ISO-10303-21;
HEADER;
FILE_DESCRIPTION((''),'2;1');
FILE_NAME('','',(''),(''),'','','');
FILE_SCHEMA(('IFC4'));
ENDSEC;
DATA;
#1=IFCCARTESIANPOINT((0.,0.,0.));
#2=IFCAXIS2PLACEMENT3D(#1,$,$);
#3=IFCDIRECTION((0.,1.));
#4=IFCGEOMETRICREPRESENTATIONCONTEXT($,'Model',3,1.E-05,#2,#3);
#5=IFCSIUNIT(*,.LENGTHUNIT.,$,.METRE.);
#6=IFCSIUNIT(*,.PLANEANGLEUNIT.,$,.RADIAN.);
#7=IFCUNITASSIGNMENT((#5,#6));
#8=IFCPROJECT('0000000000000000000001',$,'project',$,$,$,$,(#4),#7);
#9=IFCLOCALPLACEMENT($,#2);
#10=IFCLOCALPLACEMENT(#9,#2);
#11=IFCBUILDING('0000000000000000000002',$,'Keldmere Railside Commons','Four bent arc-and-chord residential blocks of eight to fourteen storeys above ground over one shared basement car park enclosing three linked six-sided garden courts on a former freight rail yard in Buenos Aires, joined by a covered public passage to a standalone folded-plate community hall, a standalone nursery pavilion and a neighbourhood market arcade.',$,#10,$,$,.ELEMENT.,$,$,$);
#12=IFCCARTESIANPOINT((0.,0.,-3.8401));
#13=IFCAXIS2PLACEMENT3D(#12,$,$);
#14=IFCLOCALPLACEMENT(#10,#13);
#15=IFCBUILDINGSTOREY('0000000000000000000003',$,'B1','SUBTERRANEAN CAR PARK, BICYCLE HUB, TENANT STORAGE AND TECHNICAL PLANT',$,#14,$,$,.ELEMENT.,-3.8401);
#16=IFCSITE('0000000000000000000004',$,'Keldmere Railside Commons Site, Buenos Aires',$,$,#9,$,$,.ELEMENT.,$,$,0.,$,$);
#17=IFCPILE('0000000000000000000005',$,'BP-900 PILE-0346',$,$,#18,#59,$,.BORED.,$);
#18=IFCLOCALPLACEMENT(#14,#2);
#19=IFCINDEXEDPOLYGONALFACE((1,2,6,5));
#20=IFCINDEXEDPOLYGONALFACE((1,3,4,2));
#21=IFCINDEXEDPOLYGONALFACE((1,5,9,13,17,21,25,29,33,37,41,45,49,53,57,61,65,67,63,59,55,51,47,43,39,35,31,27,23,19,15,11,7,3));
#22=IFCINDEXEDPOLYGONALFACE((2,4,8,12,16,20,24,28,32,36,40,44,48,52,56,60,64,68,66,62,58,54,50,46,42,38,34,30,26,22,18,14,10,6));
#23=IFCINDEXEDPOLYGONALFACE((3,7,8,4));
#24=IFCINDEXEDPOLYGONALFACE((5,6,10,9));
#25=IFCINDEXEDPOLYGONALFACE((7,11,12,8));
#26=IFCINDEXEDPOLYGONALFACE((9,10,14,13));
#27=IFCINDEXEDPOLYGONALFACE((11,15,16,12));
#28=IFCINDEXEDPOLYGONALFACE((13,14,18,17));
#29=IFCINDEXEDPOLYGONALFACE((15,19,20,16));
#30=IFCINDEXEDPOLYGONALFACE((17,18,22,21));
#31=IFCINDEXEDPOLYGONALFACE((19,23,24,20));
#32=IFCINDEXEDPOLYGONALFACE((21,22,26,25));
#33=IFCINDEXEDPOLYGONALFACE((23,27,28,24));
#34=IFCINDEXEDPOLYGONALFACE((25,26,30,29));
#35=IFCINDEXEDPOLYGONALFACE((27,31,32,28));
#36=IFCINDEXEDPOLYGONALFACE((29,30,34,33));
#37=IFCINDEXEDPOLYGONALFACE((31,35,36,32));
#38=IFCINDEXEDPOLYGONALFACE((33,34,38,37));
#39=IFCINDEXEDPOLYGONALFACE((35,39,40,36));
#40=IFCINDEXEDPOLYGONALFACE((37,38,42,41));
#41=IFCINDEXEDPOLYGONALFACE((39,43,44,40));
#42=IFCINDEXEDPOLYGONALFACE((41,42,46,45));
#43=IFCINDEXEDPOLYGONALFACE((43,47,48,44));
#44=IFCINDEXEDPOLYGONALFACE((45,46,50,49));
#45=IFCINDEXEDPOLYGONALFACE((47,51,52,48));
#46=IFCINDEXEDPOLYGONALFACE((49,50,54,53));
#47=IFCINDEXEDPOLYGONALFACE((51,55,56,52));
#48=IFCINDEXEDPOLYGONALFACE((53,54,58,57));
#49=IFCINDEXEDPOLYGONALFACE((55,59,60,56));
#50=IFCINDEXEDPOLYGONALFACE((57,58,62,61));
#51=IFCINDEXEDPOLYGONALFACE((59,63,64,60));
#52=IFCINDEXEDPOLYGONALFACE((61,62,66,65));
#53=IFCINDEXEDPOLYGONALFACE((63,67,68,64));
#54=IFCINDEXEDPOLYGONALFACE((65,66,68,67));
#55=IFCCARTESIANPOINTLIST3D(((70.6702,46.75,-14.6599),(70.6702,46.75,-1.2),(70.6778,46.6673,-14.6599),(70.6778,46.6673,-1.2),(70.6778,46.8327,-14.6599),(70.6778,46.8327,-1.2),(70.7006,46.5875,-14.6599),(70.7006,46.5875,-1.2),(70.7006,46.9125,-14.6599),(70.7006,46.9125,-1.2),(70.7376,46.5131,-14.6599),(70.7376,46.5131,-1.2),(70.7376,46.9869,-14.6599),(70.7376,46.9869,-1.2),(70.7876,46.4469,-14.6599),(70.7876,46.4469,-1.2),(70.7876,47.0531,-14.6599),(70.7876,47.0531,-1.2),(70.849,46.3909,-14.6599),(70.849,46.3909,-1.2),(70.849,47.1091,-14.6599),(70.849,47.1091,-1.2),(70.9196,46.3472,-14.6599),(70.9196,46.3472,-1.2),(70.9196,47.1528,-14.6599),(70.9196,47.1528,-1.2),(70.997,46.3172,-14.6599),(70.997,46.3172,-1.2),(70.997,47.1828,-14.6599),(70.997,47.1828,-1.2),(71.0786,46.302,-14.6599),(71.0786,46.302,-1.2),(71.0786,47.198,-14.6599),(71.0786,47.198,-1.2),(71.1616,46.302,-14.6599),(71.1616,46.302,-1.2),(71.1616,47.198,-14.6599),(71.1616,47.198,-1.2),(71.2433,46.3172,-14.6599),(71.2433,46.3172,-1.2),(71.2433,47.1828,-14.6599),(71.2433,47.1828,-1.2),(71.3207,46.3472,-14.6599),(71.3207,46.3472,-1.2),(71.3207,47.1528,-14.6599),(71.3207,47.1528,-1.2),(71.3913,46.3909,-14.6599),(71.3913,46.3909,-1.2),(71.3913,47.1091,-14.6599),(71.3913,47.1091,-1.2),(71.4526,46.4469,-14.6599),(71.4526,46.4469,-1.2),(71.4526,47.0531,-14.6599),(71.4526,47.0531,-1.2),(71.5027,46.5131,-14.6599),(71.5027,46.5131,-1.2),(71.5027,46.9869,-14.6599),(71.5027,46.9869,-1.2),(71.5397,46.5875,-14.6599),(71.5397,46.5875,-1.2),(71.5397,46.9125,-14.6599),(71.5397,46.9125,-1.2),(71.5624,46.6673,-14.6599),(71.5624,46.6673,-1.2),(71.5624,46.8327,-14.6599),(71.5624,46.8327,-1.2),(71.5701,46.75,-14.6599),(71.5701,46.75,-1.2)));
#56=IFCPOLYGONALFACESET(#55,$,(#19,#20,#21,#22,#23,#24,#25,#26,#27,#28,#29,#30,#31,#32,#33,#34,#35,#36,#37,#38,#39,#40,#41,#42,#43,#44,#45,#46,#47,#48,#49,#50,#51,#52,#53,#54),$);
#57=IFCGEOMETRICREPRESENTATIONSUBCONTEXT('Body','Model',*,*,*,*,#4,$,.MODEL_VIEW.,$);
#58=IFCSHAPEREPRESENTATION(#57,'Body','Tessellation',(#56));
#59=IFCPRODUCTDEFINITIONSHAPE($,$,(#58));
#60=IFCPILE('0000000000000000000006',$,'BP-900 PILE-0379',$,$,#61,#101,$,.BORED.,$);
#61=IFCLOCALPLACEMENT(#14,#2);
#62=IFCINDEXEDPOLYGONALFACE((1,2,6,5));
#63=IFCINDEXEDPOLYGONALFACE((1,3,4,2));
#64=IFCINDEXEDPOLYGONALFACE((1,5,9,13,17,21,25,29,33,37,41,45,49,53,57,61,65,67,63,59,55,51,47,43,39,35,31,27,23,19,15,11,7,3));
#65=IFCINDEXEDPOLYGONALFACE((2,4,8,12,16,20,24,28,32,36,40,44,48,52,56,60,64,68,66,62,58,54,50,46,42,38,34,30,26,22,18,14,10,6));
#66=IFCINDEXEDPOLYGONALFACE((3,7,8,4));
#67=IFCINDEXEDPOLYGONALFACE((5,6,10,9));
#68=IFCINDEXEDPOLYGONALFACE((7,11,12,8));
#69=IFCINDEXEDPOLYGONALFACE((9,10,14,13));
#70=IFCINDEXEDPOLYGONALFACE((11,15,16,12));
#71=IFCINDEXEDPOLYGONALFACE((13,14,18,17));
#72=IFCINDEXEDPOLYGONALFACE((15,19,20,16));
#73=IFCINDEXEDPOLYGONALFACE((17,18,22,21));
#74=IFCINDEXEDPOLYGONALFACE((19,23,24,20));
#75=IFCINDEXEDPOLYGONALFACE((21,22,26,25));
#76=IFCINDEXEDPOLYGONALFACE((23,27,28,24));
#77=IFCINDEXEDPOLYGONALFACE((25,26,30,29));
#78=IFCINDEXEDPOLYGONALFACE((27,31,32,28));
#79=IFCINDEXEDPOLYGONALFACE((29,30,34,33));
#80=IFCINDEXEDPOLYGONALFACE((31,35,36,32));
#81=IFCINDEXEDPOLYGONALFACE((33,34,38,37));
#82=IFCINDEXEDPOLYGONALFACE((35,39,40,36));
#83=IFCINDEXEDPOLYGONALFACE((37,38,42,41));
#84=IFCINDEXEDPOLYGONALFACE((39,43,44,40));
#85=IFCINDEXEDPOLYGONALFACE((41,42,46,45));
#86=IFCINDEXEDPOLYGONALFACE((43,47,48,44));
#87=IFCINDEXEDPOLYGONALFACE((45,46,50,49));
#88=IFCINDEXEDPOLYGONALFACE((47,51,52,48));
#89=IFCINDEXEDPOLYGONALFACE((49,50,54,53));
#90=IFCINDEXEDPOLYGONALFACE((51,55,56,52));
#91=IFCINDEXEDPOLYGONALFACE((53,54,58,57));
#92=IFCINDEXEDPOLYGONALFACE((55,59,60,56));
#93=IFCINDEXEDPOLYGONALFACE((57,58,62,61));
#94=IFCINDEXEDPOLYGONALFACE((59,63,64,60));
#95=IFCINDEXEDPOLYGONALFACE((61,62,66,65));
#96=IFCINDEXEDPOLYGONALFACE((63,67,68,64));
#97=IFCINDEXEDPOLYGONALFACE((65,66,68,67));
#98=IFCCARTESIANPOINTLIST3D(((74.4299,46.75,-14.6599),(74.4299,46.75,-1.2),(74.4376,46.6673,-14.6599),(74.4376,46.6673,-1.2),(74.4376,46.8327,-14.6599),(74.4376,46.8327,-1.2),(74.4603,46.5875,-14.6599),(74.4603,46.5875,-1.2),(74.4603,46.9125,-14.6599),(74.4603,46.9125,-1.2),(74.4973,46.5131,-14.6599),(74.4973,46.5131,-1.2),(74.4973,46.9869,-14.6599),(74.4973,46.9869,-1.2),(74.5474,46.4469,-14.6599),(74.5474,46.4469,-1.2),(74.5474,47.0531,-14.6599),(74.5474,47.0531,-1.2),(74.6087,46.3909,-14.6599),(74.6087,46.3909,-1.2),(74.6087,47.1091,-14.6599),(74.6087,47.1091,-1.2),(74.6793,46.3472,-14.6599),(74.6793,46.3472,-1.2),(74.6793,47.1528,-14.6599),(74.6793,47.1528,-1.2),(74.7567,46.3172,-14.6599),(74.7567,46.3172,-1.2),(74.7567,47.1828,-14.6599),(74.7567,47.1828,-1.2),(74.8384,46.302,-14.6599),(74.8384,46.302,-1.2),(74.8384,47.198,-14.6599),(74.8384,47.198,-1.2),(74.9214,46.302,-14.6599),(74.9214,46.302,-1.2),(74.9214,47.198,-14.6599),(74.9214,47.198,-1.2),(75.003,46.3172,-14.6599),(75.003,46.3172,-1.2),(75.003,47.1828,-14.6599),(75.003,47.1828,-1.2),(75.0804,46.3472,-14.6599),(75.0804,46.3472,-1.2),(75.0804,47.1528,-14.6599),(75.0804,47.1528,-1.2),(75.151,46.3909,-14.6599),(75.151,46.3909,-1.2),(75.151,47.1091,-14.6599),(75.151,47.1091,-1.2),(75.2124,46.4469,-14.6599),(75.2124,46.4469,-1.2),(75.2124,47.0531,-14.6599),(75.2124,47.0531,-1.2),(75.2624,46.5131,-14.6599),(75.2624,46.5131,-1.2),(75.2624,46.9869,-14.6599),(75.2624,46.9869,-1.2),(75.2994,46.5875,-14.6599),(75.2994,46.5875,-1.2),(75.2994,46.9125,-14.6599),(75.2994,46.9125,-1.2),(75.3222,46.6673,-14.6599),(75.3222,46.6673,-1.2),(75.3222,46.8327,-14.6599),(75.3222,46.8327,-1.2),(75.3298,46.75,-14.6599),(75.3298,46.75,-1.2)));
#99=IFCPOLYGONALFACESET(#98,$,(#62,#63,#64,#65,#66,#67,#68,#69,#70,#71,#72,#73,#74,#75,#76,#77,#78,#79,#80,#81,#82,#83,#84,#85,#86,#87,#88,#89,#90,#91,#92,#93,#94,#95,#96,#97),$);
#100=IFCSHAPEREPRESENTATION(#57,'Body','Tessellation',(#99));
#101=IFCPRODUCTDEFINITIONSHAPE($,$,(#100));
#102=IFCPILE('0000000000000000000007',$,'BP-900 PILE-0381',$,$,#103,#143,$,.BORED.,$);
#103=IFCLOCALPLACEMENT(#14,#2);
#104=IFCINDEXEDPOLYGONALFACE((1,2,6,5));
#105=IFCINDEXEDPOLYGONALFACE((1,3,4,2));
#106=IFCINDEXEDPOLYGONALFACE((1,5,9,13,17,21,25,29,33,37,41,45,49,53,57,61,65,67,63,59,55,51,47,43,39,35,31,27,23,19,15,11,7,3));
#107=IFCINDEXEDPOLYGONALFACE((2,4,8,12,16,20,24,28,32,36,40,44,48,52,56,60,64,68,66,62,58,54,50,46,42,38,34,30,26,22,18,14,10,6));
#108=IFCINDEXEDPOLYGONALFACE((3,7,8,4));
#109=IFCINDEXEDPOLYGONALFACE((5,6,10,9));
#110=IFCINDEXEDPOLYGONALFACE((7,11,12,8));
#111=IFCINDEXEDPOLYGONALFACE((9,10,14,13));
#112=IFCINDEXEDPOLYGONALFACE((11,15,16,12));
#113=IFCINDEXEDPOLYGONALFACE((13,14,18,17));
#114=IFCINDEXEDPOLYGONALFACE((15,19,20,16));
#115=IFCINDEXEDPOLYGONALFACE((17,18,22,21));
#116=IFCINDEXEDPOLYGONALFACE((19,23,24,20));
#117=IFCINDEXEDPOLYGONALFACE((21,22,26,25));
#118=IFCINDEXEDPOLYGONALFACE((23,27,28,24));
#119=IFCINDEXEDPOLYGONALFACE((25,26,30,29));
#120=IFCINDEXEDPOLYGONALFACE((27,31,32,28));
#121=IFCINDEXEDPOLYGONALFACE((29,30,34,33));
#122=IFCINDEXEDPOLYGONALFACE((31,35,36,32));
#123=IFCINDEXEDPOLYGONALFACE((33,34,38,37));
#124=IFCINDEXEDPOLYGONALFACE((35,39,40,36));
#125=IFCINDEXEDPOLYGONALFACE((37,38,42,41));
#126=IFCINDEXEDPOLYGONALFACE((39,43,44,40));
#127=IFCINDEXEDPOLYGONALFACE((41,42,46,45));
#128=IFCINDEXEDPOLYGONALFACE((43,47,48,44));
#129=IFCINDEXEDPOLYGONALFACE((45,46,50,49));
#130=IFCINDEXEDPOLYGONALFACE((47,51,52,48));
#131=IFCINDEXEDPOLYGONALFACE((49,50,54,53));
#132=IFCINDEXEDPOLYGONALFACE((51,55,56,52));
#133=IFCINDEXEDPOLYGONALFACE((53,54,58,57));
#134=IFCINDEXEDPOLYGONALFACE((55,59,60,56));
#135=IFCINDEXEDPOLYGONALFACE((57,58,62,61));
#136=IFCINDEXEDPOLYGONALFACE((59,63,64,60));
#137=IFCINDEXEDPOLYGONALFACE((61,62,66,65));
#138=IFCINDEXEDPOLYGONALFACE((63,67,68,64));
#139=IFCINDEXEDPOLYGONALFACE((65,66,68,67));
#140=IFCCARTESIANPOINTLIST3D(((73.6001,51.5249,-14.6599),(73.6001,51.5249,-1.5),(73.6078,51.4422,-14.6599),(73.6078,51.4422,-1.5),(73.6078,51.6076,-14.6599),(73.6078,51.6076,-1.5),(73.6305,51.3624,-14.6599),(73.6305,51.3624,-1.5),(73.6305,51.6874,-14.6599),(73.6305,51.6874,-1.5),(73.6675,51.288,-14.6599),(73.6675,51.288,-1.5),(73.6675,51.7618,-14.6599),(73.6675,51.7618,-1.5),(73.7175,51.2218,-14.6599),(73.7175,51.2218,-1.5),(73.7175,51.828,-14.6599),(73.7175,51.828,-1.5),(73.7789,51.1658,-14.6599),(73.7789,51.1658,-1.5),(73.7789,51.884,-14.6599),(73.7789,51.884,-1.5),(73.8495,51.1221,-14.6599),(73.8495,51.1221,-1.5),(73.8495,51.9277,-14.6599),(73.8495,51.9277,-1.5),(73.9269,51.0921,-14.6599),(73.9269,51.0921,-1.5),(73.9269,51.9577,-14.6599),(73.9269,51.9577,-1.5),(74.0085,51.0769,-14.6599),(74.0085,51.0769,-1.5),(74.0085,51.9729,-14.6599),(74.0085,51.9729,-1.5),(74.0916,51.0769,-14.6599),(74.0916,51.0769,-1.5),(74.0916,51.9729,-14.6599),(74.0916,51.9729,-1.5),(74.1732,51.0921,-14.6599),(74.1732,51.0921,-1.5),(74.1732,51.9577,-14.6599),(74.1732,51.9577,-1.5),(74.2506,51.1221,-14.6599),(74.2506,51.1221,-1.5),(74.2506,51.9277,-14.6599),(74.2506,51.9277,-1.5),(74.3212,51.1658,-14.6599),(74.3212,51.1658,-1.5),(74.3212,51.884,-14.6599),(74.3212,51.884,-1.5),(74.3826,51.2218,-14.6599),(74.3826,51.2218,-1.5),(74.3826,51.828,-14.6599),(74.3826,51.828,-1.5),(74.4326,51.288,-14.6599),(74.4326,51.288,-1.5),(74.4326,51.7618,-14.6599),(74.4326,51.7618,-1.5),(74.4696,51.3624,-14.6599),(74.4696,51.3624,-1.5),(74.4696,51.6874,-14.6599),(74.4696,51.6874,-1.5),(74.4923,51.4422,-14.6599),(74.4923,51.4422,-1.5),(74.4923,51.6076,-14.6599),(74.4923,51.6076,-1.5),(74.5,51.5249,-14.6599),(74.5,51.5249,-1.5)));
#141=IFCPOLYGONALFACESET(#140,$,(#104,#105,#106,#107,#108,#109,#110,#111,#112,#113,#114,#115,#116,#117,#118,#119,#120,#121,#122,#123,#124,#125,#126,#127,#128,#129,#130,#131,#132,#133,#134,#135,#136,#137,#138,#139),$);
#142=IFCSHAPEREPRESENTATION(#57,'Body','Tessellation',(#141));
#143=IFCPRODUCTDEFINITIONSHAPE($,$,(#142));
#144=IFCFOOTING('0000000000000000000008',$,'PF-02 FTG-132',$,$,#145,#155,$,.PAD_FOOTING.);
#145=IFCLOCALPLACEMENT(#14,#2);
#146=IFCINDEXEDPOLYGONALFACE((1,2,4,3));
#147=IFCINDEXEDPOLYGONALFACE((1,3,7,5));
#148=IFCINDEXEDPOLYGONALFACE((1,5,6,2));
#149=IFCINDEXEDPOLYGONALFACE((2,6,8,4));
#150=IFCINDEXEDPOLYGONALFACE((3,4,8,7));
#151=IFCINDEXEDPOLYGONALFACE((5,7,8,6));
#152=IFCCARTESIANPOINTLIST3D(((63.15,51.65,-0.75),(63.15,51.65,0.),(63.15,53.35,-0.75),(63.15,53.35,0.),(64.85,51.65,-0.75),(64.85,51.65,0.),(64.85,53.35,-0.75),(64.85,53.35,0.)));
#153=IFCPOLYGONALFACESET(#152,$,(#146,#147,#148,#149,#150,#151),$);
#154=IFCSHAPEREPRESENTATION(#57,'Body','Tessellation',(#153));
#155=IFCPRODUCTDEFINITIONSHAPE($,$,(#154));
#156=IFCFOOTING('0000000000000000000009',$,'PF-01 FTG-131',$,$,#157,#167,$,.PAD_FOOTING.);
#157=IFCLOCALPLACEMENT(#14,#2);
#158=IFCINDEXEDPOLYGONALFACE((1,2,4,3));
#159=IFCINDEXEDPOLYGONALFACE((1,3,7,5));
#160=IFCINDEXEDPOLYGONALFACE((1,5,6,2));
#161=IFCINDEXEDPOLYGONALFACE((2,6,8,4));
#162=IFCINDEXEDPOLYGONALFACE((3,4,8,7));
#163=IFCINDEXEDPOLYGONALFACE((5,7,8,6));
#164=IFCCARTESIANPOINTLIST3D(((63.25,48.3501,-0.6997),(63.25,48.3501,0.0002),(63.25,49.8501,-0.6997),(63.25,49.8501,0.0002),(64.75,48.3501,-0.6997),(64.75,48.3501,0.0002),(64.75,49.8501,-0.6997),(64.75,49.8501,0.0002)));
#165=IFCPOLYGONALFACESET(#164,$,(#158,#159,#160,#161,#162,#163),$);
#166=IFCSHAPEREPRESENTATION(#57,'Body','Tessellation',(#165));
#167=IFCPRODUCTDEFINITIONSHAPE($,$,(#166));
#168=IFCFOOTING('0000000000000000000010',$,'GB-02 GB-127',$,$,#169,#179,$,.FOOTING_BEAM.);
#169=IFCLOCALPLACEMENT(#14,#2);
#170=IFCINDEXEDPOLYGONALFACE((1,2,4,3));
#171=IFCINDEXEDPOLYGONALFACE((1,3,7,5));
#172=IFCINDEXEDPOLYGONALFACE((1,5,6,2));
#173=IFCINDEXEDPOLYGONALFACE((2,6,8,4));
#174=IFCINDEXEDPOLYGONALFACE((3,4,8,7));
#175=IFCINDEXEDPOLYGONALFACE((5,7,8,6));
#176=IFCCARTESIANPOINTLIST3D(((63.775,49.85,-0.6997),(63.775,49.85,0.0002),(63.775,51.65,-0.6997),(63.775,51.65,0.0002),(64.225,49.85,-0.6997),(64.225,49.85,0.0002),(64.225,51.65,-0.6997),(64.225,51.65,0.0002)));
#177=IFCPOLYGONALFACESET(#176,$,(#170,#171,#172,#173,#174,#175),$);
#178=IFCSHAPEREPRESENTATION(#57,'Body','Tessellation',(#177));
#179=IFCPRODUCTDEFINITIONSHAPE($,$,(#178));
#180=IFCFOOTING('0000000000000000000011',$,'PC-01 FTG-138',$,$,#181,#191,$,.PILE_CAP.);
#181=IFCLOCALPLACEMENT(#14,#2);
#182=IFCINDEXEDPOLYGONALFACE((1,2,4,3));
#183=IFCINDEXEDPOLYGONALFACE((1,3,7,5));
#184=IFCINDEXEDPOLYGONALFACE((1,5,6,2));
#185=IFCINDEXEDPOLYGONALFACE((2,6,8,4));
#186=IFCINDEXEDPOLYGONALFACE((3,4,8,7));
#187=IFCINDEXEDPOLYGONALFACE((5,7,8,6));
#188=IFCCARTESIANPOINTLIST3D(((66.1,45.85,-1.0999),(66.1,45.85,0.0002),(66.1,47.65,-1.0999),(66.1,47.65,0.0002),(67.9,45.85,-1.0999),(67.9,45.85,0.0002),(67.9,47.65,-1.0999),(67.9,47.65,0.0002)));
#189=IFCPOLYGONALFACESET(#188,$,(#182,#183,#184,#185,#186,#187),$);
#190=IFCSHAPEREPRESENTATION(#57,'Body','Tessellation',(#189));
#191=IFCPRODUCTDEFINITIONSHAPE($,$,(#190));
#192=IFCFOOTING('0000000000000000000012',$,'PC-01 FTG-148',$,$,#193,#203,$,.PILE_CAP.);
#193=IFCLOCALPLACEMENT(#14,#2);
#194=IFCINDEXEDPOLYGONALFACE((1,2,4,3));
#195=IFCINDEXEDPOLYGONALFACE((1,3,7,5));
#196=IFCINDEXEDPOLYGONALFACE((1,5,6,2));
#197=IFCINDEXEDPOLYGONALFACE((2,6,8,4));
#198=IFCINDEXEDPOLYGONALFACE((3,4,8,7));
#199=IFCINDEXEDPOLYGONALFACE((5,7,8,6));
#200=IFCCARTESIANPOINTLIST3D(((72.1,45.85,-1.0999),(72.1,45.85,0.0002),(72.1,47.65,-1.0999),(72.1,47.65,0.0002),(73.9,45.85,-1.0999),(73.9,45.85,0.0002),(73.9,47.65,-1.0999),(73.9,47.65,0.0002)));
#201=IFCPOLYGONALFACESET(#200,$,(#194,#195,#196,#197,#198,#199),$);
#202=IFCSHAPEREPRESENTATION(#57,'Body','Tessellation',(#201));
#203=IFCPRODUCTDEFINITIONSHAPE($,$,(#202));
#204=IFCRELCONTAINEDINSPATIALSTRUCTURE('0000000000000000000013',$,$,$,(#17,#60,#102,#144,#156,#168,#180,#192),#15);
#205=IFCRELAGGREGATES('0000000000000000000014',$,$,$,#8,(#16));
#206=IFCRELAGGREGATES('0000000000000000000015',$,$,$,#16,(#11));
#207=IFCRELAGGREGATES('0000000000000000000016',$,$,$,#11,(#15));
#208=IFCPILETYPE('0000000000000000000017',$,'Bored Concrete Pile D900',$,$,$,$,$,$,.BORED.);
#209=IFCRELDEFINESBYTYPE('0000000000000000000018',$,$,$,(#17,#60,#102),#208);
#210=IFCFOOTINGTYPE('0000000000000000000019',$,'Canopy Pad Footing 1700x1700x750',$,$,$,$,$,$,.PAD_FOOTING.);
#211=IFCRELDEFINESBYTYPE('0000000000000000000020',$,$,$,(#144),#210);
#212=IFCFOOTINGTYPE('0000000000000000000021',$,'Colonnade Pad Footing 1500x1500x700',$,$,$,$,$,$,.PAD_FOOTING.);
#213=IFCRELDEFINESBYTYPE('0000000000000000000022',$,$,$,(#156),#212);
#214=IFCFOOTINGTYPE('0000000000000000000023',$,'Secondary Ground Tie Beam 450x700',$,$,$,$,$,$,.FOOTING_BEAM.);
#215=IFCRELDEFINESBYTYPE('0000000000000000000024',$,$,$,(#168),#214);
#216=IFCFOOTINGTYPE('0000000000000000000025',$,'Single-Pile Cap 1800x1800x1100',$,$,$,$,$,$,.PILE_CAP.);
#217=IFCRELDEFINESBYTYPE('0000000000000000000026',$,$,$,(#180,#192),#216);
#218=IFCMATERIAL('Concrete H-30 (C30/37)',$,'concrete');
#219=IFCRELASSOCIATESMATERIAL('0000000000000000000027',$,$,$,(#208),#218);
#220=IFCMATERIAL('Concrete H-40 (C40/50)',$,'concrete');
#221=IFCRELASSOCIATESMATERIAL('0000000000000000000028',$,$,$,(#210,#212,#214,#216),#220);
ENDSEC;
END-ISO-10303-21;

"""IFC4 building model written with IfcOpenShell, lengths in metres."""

from ifc_helpers import new_model, si_unit, direction, frame, origin, origin_2d, place, context, subcontext, project, spatial, rectangle, circle, extrude, material, material_profile, profile_set, type_object, element, save


model = new_model("IFC4")

# Units and contexts
model_context = context("Model", 3, precision=1e-05, world=origin(), true_north=direction((0.0, 1.0)))
body_context = subcontext(model_context, "Body", "Model", "MODEL_VIEW")
ifc_project = project(units=[si_unit("LENGTHUNIT", "METRE"), si_unit("PLANEANGLEUNIT", "RADIAN")], contexts=[model_context])

# Site, building, storey
site_placement = place(None, origin())
site = spatial("IfcSite", under=ifc_project, at=site_placement, Name="Keldmere Railside Commons Site, Buenos Aires", CompositionType="ELEMENT", RefElevation=0.0)
building_placement = place(site_placement, origin())
building = spatial("IfcBuilding", under=site, at=building_placement, Name="Keldmere Railside Commons", Description="Four bent arc-and-chord residential blocks of eight to fourteen storeys above ground over one shared basement car park enclosing three linked six-sided garden courts on a former freight rail yard in Buenos Aires, joined by a covered public passage to a standalone folded-plate community hall, a standalone nursery pavilion and a neighbourhood market arcade.", CompositionType="ELEMENT")
storey_placement = place(building_placement, frame((0.0, 0.0, -3.8401)))
storey = spatial("IfcBuildingStorey", under=building, at=storey_placement, Name="B1", Description="SUBTERRANEAN CAR PARK, BICYCLE HUB, TENANT STORAGE AND TECHNICAL PLANT", CompositionType="ELEMENT", Elevation=-3.8401)

# Piles
ifc_material_1 = material(Name="Concrete H-30 (C30/37)", Category="concrete")
ifc_material_profile_1 = material_profile(ifc_material_1, circle(Radius=0.45, at=origin_2d()), Name="PILE-D900")
ifc_profile_set_1 = profile_set([ifc_material_profile_1], Name="Concrete H-30 (C30/37)")
pile_type_1 = type_object("IfcPileType", Name="Bored Concrete Pile D900", PredefinedType="BORED", material=ifc_profile_set_1)
for number, where, z_axis, x_axis, name in (
    (1, (71.1201, 46.75, -1.2), (0.0, 0.0, -1.0), (1.0, 0.0, 0.0), "BP-900 PILE-0346"),
    (2, (74.8799, 46.75, -1.2), (0.0, 0.0, -1.0), (1.0, 0.0, 0.0), "BP-900 PILE-0379"),
):
    element("IfcPile", number, at=place(storey_placement, frame(where, z_axis=z_axis, x_axis=x_axis)), inside=storey, type_object=pile_type_1, Name=name, PredefinedType="BORED", context=body_context, shape_type="SweptSolid", body=[
        extrude(circle(Radius=0.45, at=origin_2d()), origin(), (0.0, 0.0, 1.0), 13.46),
    ])
pile_placement = place(storey_placement, frame((74.05, 51.5249, -1.5), z_axis=(0.0, 0.0, -1.0), x_axis=(1.0, 0.0, 0.0)))
element("IfcPile", 3, at=pile_placement, inside=storey, type_object=pile_type_1, Name="BP-900 PILE-0381", PredefinedType="BORED", context=body_context, shape_type="SweptSolid", body=[
    extrude(circle(Radius=0.45, at=origin_2d()), origin(), (0.0, 0.0, 1.0), 13.1599),
])

# Footings
ifc_material_2 = material(Name="Concrete H-40 (C40/50)", Category="concrete")
footing_type_1 = type_object("IfcFootingType", Name="Canopy Pad Footing 1700x1700x750", PredefinedType="PAD_FOOTING", material=ifc_material_2)
footing_1_placement = place(storey_placement, frame((64.0, 52.5, -0.75), z_axis=(0.0, 0.0, 1.0), x_axis=(1.0, 0.0, 0.0)))
element("IfcFooting", 4, at=footing_1_placement, inside=storey, type_object=footing_type_1, Name="PF-02 FTG-132", PredefinedType="PAD_FOOTING", context=body_context, shape_type="SweptSolid", body=[
    extrude(rectangle(XDim=1.7, YDim=1.7, at=origin_2d()), origin(), (0.0, 0.0, 1.0), 0.75),
])
footing_type_2 = type_object("IfcFootingType", Name="Colonnade Pad Footing 1500x1500x700", PredefinedType="PAD_FOOTING", material=ifc_material_2)
footing_2_placement = place(storey_placement, frame((64.0, 49.1001, -0.6997), z_axis=(0.0, 0.0, 1.0), x_axis=(1.0, 0.0, 0.0)))
element("IfcFooting", 5, at=footing_2_placement, inside=storey, type_object=footing_type_2, Name="PF-01 FTG-131", PredefinedType="PAD_FOOTING", context=body_context, shape_type="SweptSolid", body=[
    extrude(rectangle(XDim=1.5, YDim=1.5, at=origin_2d()), origin(), (0.0, 0.0, 1.0), 0.7),
])
footing_type_3 = type_object("IfcFootingType", Name="Secondary Ground Tie Beam 450x700", PredefinedType="FOOTING_BEAM", material=ifc_material_2)
footing_3_placement = place(storey_placement, frame((64.0, 50.75, -0.6997), z_axis=(0.0, 0.0, 1.0), x_axis=(0.0, 1.0, 0.0)))
element("IfcFooting", 6, at=footing_3_placement, inside=storey, type_object=footing_type_3, Name="GB-02 GB-127", PredefinedType="FOOTING_BEAM", context=body_context, shape_type="SweptSolid", body=[
    extrude(rectangle(XDim=1.8, YDim=0.45, at=origin_2d()), origin(), (0.0, 0.0, 1.0), 0.7),
])
footing_type_4 = type_object("IfcFootingType", Name="Single-Pile Cap 1800x1800x1100", PredefinedType="PILE_CAP", material=ifc_material_2)
for number, where, z_axis, x_axis, name in (
    (7, (67.0, 46.75, -1.0999), (0.0, 0.0, 1.0), (1.0, 0.0, 0.0), "PC-01 FTG-138"),
    (8, (73.0, 46.75, -1.0999), (0.0, 0.0, 1.0), (1.0, 0.0, 0.0), "PC-01 FTG-148"),
):
    element("IfcFooting", number, at=place(storey_placement, frame(where, z_axis=z_axis, x_axis=x_axis)), inside=storey, type_object=footing_type_4, Name=name, PredefinedType="PILE_CAP", context=body_context, shape_type="SweptSolid", body=[
        extrude(rectangle(XDim=1.8, YDim=1.8, at=origin_2d()), origin(), (0.0, 0.0, 1.0), 1.1001),
    ])

save(model, "model.ifc")
